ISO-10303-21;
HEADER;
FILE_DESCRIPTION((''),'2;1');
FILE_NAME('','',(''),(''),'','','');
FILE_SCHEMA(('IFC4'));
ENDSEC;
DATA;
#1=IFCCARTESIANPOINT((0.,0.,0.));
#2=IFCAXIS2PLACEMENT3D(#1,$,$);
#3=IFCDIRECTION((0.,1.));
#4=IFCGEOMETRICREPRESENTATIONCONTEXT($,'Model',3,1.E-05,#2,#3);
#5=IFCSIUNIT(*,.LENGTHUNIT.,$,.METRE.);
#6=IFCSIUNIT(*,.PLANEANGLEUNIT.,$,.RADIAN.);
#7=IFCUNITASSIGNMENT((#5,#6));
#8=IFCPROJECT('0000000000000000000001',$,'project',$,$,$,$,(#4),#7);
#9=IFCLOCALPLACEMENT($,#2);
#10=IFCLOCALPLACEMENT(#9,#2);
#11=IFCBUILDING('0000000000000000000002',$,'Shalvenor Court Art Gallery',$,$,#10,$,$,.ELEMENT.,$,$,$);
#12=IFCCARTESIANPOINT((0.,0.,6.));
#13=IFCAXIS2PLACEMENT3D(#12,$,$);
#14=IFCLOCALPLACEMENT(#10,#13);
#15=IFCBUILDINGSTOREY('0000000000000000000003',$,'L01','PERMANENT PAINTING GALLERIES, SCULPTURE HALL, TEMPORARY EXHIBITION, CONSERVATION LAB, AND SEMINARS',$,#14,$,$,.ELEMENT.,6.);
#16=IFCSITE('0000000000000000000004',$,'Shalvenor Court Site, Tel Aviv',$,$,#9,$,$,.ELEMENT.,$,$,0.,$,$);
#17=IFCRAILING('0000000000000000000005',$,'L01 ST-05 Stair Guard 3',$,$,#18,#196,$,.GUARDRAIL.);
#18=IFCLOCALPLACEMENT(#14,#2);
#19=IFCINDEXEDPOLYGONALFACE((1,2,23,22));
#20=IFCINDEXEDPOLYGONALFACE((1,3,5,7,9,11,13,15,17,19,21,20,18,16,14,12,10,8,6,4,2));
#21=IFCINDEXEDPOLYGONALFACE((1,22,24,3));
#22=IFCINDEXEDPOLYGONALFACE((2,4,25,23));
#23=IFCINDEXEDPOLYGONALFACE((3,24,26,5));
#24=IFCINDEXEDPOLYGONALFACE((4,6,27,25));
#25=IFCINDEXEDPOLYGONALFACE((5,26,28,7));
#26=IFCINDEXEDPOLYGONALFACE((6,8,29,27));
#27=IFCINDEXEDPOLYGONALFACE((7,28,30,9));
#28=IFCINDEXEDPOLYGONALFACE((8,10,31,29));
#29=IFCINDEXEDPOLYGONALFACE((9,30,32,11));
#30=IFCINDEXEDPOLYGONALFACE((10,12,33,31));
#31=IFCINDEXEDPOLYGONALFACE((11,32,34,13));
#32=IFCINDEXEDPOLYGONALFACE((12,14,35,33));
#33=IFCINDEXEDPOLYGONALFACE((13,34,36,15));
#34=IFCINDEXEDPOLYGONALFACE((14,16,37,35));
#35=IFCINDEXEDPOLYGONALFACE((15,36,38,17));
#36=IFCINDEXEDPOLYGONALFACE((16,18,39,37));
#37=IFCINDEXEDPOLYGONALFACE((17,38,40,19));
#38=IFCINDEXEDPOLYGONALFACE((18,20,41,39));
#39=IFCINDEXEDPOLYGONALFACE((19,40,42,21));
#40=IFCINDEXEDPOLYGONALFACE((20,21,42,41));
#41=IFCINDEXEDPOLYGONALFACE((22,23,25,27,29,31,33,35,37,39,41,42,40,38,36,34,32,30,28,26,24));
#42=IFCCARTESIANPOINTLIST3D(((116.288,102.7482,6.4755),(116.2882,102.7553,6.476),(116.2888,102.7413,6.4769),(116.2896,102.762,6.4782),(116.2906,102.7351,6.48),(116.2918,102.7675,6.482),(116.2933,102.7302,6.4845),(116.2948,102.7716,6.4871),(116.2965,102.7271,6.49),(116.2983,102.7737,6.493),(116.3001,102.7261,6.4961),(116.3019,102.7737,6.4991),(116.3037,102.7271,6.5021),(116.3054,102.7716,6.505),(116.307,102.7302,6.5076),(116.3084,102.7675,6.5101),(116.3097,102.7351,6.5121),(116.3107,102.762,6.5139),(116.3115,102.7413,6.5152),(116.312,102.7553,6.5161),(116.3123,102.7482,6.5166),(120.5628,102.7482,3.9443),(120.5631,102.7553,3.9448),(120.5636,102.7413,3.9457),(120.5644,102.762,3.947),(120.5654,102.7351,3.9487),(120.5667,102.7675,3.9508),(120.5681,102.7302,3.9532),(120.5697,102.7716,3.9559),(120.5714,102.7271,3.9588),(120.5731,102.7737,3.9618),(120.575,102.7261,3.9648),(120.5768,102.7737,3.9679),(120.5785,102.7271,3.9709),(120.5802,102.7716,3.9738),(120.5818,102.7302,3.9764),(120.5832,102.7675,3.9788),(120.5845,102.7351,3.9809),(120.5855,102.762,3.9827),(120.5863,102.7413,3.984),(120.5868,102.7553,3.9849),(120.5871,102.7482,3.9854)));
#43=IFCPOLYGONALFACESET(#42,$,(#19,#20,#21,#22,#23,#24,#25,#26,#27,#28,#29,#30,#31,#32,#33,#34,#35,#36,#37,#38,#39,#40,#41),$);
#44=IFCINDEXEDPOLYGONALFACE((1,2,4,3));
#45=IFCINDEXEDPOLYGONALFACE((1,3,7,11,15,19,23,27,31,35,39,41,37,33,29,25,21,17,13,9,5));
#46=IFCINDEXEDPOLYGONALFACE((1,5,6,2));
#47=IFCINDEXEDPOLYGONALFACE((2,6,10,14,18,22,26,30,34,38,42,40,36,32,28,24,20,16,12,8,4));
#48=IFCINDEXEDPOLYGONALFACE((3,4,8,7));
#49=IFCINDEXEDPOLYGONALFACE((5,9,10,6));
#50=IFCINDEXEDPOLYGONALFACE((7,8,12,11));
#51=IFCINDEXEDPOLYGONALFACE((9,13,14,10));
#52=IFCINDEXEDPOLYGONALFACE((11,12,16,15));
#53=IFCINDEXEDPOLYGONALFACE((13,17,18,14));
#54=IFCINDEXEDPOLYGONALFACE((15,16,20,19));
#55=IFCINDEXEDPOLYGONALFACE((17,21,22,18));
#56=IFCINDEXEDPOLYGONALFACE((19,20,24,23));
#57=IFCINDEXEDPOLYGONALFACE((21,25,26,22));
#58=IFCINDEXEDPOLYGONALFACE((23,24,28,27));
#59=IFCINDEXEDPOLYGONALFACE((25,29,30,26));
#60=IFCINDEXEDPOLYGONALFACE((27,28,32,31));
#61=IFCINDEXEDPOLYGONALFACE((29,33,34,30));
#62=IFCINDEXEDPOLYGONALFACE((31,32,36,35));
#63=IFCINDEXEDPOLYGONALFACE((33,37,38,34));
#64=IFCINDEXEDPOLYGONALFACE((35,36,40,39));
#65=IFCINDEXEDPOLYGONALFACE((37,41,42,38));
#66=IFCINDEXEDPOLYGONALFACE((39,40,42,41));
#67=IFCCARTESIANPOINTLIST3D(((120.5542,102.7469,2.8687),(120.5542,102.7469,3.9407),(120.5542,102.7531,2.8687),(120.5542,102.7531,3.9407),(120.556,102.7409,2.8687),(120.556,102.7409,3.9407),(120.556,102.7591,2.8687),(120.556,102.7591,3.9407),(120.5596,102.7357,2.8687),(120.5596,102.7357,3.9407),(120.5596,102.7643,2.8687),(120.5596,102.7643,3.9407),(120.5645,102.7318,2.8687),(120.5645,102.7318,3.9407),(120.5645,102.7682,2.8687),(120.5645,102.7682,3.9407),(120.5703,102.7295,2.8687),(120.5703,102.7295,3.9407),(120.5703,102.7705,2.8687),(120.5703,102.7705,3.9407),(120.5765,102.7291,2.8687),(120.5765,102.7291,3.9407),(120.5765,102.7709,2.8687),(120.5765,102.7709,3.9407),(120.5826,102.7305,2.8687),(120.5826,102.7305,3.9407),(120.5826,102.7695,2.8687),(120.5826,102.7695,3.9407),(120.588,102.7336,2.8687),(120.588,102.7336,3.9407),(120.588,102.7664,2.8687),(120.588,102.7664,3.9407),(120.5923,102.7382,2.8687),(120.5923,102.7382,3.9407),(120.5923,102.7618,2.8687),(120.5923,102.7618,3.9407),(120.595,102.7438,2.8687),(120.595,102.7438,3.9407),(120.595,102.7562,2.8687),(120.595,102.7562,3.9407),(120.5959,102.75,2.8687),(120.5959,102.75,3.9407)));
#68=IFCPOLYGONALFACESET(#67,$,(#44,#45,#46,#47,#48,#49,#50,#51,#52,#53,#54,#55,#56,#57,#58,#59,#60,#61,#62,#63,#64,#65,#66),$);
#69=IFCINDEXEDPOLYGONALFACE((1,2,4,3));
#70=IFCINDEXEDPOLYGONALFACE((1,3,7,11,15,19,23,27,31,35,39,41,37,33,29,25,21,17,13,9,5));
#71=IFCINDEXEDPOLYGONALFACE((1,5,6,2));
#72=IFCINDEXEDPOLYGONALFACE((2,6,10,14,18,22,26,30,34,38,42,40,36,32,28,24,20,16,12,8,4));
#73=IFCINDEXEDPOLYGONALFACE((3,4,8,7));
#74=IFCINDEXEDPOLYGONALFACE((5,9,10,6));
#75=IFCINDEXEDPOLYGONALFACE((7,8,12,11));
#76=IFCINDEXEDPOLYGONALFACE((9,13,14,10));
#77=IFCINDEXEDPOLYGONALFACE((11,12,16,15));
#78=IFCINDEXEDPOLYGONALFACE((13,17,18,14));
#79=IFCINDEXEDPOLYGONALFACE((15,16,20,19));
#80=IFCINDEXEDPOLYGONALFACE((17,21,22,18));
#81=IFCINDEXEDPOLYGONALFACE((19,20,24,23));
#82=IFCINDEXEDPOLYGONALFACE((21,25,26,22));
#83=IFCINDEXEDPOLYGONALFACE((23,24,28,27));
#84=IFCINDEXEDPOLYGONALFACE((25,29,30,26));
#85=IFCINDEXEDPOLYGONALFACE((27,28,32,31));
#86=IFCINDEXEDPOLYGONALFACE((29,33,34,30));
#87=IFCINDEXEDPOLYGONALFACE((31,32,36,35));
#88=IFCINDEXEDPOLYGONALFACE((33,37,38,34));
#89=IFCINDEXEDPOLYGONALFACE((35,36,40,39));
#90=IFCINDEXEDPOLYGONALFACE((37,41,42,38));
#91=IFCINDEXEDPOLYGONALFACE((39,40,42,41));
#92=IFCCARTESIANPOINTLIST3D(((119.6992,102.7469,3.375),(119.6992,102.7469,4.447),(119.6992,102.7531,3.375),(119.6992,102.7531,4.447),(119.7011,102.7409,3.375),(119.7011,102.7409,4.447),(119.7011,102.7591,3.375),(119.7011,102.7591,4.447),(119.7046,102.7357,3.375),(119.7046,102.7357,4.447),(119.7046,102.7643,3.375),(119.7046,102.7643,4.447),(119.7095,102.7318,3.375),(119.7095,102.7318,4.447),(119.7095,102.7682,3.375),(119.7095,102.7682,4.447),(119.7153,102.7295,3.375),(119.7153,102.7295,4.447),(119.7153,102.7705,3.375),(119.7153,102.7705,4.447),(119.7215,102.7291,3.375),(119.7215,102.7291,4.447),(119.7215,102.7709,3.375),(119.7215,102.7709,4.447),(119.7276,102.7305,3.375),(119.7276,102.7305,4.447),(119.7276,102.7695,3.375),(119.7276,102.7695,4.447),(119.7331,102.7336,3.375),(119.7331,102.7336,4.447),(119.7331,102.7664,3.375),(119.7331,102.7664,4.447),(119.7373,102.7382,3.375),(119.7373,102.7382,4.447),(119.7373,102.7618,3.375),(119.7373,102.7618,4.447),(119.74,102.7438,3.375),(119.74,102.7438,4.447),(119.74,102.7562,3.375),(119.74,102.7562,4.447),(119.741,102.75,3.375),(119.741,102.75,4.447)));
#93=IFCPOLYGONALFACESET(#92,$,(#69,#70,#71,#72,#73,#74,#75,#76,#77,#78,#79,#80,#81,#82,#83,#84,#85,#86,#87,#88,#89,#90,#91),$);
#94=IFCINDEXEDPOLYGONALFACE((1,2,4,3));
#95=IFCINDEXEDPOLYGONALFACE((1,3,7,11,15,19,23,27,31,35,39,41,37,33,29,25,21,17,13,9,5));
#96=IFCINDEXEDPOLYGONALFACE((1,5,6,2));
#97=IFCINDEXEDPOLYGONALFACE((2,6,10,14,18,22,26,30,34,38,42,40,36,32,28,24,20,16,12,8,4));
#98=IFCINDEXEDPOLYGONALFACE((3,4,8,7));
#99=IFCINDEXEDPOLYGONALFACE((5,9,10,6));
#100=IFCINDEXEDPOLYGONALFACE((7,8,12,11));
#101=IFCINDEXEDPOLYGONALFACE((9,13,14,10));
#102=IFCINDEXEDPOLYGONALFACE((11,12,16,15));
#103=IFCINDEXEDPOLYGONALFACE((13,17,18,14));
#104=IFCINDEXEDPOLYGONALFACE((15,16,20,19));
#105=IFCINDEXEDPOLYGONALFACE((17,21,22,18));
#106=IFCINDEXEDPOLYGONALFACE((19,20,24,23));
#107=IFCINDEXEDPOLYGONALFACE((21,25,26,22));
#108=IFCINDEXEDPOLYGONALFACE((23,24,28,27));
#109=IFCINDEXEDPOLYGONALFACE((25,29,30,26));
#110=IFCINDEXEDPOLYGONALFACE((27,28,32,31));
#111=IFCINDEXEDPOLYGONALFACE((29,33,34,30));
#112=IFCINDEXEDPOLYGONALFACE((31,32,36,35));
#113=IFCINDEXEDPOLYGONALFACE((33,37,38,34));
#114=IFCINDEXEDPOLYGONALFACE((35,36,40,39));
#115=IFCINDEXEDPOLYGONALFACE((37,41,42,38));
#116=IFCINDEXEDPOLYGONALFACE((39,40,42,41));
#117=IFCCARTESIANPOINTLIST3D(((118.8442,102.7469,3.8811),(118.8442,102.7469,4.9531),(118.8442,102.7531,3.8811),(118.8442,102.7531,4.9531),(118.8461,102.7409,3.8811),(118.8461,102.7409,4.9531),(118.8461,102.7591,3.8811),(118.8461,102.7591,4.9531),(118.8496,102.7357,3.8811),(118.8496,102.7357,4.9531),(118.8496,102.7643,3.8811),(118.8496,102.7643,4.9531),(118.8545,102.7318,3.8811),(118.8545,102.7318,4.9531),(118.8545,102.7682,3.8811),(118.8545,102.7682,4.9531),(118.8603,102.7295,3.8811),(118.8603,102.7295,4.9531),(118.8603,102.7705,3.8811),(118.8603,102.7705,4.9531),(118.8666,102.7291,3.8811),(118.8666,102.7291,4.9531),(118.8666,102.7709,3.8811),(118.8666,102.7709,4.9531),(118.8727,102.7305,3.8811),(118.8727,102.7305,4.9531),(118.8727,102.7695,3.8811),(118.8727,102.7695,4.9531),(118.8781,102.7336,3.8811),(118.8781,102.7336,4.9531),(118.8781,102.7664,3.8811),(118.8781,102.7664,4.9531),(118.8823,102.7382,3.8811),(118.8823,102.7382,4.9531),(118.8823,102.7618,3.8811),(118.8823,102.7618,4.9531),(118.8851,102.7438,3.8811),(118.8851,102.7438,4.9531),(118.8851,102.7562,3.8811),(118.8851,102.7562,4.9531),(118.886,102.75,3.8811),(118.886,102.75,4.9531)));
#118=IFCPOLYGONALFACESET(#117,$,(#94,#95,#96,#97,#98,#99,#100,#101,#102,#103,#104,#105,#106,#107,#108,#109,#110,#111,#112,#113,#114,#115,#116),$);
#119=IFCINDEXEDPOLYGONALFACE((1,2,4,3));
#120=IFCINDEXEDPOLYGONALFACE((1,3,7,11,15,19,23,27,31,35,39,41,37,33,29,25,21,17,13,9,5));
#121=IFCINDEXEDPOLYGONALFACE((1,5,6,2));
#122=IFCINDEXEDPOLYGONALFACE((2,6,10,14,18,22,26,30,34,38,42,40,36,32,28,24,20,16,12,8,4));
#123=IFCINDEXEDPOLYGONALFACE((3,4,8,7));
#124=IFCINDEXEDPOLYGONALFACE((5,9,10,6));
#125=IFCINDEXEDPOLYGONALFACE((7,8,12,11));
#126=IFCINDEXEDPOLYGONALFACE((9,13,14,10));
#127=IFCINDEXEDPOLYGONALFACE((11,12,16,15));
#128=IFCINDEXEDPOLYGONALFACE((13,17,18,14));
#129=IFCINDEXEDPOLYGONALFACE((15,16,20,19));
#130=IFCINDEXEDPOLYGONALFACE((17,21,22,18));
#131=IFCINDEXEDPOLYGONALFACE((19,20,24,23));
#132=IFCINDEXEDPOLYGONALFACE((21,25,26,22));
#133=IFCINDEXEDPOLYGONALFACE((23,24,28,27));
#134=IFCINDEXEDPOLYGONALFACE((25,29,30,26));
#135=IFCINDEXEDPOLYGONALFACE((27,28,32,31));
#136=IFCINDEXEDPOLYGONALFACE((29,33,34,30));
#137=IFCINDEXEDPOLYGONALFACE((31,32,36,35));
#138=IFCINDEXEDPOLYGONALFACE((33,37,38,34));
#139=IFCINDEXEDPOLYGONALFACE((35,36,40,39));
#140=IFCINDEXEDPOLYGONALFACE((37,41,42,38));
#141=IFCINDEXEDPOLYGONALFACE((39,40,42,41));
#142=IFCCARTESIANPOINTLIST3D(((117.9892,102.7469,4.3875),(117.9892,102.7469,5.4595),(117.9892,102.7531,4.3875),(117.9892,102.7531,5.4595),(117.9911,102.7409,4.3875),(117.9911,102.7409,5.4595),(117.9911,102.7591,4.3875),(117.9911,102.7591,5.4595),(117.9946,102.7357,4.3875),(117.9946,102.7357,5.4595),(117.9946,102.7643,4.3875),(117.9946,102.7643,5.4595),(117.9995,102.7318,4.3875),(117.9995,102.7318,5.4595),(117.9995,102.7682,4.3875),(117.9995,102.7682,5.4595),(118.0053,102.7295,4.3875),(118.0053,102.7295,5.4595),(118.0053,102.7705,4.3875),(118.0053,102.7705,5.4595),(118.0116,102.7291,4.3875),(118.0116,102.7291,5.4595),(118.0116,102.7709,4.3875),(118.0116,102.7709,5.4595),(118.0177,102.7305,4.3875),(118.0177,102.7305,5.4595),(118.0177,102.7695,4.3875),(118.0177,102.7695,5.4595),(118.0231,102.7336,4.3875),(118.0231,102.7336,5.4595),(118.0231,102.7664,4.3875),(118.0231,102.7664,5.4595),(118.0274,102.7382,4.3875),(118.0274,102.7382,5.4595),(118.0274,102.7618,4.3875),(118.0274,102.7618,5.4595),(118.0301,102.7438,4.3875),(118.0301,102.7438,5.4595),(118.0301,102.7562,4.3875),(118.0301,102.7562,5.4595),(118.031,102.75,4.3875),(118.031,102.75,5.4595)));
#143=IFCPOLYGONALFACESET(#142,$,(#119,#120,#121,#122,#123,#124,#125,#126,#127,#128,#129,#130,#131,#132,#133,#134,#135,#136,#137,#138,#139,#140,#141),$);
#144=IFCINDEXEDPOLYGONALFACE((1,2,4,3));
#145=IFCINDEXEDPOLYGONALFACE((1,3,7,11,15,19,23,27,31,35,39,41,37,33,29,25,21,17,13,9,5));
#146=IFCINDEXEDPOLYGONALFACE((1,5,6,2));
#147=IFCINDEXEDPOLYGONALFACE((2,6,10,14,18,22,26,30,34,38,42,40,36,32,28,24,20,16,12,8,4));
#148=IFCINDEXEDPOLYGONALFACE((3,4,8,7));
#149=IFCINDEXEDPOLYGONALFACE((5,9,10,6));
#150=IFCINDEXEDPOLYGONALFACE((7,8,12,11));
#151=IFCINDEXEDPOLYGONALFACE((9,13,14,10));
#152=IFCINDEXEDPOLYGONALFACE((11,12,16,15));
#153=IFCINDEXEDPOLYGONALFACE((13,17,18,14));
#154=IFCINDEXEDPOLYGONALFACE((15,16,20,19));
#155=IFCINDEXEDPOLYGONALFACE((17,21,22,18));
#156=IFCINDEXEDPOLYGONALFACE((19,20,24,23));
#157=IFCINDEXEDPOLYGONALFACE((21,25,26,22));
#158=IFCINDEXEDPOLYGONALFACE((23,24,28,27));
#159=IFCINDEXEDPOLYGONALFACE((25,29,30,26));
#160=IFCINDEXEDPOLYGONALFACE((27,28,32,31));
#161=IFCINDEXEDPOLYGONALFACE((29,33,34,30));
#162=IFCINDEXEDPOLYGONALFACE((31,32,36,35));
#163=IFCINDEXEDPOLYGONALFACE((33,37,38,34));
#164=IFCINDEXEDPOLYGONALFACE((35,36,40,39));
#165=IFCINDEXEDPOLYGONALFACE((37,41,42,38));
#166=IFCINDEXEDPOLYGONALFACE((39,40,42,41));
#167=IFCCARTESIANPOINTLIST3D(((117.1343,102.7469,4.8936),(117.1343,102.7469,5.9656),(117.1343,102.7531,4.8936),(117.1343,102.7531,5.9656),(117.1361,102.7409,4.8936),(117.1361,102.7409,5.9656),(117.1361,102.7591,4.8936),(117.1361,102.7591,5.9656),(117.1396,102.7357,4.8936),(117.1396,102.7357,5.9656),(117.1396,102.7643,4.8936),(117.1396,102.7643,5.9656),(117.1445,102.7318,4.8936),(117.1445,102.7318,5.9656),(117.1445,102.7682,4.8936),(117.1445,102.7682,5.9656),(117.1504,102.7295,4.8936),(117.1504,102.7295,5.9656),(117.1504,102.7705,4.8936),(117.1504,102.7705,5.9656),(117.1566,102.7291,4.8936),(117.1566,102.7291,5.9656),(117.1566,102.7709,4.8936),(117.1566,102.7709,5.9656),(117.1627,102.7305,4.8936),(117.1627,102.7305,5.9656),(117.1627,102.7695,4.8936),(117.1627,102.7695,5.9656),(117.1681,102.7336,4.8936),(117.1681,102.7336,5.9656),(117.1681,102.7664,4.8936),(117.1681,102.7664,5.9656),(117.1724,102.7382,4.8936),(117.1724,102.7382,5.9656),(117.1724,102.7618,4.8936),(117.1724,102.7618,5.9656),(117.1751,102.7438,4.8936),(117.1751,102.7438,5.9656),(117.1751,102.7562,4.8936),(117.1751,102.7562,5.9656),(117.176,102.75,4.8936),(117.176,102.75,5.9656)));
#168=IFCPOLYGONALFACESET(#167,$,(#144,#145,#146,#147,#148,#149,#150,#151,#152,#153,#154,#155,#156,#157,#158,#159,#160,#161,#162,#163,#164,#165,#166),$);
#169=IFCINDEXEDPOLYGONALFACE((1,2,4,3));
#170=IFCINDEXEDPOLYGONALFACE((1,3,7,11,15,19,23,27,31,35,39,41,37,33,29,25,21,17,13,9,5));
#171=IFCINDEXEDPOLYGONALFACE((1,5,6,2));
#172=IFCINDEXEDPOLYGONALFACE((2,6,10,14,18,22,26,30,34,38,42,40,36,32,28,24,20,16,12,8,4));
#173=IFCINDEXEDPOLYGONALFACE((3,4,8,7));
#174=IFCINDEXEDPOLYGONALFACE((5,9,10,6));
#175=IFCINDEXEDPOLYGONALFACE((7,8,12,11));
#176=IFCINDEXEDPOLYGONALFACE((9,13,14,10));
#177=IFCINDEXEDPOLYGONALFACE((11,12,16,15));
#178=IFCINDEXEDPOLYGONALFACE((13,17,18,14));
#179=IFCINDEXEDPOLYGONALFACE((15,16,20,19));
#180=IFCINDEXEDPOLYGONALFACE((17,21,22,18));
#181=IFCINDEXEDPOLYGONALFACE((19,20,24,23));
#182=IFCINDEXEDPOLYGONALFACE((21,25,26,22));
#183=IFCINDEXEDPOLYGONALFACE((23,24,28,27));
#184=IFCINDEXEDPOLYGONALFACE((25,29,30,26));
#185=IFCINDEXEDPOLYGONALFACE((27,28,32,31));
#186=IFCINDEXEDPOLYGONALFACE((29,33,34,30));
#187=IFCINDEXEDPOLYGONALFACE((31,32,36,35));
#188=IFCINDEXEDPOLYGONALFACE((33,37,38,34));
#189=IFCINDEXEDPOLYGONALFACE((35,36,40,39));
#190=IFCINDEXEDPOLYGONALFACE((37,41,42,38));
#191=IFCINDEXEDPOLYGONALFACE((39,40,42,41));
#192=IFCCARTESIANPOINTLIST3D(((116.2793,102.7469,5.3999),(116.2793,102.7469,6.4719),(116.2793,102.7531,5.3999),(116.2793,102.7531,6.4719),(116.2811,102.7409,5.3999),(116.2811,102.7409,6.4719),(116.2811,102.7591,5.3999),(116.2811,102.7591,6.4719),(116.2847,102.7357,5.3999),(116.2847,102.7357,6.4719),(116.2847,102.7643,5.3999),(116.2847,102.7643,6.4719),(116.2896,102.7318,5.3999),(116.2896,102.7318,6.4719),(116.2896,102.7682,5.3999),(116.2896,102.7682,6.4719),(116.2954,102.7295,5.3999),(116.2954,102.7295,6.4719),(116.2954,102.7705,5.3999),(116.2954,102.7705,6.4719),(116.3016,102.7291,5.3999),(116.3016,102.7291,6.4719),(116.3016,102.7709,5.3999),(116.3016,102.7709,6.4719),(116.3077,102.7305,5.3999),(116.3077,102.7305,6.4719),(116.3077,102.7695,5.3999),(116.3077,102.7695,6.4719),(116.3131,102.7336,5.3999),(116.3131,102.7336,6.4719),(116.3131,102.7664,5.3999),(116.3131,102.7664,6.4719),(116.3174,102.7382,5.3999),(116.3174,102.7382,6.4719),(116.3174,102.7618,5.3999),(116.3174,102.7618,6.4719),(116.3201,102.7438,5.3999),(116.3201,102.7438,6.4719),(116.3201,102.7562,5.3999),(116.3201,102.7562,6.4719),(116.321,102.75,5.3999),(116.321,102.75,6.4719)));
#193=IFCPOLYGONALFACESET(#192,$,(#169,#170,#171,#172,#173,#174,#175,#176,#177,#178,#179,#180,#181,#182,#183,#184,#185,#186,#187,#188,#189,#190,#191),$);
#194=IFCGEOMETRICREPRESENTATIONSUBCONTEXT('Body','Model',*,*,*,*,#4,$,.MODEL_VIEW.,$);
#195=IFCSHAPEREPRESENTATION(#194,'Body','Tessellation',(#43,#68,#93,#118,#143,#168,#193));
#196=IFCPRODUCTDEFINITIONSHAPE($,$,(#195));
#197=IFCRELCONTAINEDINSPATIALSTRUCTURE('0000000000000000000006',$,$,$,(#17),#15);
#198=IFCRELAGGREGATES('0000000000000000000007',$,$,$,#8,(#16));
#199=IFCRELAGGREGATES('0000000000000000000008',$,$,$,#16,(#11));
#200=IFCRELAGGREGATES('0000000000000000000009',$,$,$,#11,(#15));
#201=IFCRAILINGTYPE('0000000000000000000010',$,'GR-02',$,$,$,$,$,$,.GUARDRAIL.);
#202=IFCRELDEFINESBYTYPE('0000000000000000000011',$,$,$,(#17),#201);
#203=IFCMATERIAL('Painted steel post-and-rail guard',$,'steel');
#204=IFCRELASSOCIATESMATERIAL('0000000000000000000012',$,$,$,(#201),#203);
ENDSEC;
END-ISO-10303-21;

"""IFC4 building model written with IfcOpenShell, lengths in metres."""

from ifc_helpers import new_model, si_unit, direction, frame, origin, origin_2d, place, context, subcontext, project, spatial, circle, extrude, material, type_object, element, save


model = new_model("IFC4")

# Units and contexts
model_context = context("Model", 3, precision=1e-05, world=origin(), true_north=direction((0.0, 1.0)))
body_context = subcontext(model_context, "Body", "Model", "MODEL_VIEW")
ifc_project = project(units=[si_unit("LENGTHUNIT", "METRE"), si_unit("PLANEANGLEUNIT", "RADIAN")], contexts=[model_context])

# Site, building, storey
site_placement = place(None, origin())
site = spatial("IfcSite", under=ifc_project, at=site_placement, Name="Shalvenor Court Site, Tel Aviv", CompositionType="ELEMENT", RefElevation=0.0)
building_placement = place(site_placement, origin())
building = spatial("IfcBuilding", under=site, at=building_placement, Name="Shalvenor Court Art Gallery", CompositionType="ELEMENT")
storey_placement = place(building_placement, frame((0.0, 0.0, 6.0)))
storey = spatial("IfcBuildingStorey", under=building, at=storey_placement, Name="L01", Description="PERMANENT PAINTING GALLERIES, SCULPTURE HALL, TEMPORARY EXHIBITION, CONSERVATION LAB, AND SEMINARS", CompositionType="ELEMENT", Elevation=6.0)

# Railing
ifc_material_1 = material(Name="Painted steel post-and-rail guard", Category="steel")
railing_type_1 = type_object("IfcRailingType", Name="GR-02", PredefinedType="GUARDRAIL", material=ifc_material_1)
railing_1_placement = place(storey_placement, frame((120.575, 102.75, 2.8687)))
element("IfcRailing", 1, at=railing_1_placement, inside=storey, type_object=railing_type_1, Name="L01 ST-05 Stair Guard 3", PredefinedType="GUARDRAIL", context=body_context, shape_type="SweptSolid", body=[
    extrude(circle(Radius=0.0239, at=origin_2d()), frame((0.0, 0.0, 1.0962), z_axis=(-0.86047, 0.0, 0.509501), x_axis=(0.0, -1.0, 0.0)), (0.0, 0.0, 1.0), 4.968),
    extrude(circle(Radius=0.021, at=origin_2d()), origin(), (0.0, 0.0, 1.0), 1.072),
    extrude(circle(Radius=0.021, at=origin_2d()), frame((-0.855, 0.0, 0.5063)), (0.0, 0.0, 1.0), 1.072),
    extrude(circle(Radius=0.021, at=origin_2d()), frame((-1.71, 0.0, 1.0125)), (0.0, 0.0, 1.0), 1.072),
    extrude(circle(Radius=0.021, at=origin_2d()), frame((-2.5649, 0.0, 1.5188)), (0.0, 0.0, 1.0), 1.072),
    extrude(circle(Radius=0.021, at=origin_2d()), frame((-3.4199, 0.0, 2.0249)), (0.0, 0.0, 1.0), 1.072),
    extrude(circle(Radius=0.021, at=origin_2d()), frame((-4.2749, 0.0, 2.5312)), (0.0, 0.0, 1.0), 1.072),
])

save(model, "model.ifc")
